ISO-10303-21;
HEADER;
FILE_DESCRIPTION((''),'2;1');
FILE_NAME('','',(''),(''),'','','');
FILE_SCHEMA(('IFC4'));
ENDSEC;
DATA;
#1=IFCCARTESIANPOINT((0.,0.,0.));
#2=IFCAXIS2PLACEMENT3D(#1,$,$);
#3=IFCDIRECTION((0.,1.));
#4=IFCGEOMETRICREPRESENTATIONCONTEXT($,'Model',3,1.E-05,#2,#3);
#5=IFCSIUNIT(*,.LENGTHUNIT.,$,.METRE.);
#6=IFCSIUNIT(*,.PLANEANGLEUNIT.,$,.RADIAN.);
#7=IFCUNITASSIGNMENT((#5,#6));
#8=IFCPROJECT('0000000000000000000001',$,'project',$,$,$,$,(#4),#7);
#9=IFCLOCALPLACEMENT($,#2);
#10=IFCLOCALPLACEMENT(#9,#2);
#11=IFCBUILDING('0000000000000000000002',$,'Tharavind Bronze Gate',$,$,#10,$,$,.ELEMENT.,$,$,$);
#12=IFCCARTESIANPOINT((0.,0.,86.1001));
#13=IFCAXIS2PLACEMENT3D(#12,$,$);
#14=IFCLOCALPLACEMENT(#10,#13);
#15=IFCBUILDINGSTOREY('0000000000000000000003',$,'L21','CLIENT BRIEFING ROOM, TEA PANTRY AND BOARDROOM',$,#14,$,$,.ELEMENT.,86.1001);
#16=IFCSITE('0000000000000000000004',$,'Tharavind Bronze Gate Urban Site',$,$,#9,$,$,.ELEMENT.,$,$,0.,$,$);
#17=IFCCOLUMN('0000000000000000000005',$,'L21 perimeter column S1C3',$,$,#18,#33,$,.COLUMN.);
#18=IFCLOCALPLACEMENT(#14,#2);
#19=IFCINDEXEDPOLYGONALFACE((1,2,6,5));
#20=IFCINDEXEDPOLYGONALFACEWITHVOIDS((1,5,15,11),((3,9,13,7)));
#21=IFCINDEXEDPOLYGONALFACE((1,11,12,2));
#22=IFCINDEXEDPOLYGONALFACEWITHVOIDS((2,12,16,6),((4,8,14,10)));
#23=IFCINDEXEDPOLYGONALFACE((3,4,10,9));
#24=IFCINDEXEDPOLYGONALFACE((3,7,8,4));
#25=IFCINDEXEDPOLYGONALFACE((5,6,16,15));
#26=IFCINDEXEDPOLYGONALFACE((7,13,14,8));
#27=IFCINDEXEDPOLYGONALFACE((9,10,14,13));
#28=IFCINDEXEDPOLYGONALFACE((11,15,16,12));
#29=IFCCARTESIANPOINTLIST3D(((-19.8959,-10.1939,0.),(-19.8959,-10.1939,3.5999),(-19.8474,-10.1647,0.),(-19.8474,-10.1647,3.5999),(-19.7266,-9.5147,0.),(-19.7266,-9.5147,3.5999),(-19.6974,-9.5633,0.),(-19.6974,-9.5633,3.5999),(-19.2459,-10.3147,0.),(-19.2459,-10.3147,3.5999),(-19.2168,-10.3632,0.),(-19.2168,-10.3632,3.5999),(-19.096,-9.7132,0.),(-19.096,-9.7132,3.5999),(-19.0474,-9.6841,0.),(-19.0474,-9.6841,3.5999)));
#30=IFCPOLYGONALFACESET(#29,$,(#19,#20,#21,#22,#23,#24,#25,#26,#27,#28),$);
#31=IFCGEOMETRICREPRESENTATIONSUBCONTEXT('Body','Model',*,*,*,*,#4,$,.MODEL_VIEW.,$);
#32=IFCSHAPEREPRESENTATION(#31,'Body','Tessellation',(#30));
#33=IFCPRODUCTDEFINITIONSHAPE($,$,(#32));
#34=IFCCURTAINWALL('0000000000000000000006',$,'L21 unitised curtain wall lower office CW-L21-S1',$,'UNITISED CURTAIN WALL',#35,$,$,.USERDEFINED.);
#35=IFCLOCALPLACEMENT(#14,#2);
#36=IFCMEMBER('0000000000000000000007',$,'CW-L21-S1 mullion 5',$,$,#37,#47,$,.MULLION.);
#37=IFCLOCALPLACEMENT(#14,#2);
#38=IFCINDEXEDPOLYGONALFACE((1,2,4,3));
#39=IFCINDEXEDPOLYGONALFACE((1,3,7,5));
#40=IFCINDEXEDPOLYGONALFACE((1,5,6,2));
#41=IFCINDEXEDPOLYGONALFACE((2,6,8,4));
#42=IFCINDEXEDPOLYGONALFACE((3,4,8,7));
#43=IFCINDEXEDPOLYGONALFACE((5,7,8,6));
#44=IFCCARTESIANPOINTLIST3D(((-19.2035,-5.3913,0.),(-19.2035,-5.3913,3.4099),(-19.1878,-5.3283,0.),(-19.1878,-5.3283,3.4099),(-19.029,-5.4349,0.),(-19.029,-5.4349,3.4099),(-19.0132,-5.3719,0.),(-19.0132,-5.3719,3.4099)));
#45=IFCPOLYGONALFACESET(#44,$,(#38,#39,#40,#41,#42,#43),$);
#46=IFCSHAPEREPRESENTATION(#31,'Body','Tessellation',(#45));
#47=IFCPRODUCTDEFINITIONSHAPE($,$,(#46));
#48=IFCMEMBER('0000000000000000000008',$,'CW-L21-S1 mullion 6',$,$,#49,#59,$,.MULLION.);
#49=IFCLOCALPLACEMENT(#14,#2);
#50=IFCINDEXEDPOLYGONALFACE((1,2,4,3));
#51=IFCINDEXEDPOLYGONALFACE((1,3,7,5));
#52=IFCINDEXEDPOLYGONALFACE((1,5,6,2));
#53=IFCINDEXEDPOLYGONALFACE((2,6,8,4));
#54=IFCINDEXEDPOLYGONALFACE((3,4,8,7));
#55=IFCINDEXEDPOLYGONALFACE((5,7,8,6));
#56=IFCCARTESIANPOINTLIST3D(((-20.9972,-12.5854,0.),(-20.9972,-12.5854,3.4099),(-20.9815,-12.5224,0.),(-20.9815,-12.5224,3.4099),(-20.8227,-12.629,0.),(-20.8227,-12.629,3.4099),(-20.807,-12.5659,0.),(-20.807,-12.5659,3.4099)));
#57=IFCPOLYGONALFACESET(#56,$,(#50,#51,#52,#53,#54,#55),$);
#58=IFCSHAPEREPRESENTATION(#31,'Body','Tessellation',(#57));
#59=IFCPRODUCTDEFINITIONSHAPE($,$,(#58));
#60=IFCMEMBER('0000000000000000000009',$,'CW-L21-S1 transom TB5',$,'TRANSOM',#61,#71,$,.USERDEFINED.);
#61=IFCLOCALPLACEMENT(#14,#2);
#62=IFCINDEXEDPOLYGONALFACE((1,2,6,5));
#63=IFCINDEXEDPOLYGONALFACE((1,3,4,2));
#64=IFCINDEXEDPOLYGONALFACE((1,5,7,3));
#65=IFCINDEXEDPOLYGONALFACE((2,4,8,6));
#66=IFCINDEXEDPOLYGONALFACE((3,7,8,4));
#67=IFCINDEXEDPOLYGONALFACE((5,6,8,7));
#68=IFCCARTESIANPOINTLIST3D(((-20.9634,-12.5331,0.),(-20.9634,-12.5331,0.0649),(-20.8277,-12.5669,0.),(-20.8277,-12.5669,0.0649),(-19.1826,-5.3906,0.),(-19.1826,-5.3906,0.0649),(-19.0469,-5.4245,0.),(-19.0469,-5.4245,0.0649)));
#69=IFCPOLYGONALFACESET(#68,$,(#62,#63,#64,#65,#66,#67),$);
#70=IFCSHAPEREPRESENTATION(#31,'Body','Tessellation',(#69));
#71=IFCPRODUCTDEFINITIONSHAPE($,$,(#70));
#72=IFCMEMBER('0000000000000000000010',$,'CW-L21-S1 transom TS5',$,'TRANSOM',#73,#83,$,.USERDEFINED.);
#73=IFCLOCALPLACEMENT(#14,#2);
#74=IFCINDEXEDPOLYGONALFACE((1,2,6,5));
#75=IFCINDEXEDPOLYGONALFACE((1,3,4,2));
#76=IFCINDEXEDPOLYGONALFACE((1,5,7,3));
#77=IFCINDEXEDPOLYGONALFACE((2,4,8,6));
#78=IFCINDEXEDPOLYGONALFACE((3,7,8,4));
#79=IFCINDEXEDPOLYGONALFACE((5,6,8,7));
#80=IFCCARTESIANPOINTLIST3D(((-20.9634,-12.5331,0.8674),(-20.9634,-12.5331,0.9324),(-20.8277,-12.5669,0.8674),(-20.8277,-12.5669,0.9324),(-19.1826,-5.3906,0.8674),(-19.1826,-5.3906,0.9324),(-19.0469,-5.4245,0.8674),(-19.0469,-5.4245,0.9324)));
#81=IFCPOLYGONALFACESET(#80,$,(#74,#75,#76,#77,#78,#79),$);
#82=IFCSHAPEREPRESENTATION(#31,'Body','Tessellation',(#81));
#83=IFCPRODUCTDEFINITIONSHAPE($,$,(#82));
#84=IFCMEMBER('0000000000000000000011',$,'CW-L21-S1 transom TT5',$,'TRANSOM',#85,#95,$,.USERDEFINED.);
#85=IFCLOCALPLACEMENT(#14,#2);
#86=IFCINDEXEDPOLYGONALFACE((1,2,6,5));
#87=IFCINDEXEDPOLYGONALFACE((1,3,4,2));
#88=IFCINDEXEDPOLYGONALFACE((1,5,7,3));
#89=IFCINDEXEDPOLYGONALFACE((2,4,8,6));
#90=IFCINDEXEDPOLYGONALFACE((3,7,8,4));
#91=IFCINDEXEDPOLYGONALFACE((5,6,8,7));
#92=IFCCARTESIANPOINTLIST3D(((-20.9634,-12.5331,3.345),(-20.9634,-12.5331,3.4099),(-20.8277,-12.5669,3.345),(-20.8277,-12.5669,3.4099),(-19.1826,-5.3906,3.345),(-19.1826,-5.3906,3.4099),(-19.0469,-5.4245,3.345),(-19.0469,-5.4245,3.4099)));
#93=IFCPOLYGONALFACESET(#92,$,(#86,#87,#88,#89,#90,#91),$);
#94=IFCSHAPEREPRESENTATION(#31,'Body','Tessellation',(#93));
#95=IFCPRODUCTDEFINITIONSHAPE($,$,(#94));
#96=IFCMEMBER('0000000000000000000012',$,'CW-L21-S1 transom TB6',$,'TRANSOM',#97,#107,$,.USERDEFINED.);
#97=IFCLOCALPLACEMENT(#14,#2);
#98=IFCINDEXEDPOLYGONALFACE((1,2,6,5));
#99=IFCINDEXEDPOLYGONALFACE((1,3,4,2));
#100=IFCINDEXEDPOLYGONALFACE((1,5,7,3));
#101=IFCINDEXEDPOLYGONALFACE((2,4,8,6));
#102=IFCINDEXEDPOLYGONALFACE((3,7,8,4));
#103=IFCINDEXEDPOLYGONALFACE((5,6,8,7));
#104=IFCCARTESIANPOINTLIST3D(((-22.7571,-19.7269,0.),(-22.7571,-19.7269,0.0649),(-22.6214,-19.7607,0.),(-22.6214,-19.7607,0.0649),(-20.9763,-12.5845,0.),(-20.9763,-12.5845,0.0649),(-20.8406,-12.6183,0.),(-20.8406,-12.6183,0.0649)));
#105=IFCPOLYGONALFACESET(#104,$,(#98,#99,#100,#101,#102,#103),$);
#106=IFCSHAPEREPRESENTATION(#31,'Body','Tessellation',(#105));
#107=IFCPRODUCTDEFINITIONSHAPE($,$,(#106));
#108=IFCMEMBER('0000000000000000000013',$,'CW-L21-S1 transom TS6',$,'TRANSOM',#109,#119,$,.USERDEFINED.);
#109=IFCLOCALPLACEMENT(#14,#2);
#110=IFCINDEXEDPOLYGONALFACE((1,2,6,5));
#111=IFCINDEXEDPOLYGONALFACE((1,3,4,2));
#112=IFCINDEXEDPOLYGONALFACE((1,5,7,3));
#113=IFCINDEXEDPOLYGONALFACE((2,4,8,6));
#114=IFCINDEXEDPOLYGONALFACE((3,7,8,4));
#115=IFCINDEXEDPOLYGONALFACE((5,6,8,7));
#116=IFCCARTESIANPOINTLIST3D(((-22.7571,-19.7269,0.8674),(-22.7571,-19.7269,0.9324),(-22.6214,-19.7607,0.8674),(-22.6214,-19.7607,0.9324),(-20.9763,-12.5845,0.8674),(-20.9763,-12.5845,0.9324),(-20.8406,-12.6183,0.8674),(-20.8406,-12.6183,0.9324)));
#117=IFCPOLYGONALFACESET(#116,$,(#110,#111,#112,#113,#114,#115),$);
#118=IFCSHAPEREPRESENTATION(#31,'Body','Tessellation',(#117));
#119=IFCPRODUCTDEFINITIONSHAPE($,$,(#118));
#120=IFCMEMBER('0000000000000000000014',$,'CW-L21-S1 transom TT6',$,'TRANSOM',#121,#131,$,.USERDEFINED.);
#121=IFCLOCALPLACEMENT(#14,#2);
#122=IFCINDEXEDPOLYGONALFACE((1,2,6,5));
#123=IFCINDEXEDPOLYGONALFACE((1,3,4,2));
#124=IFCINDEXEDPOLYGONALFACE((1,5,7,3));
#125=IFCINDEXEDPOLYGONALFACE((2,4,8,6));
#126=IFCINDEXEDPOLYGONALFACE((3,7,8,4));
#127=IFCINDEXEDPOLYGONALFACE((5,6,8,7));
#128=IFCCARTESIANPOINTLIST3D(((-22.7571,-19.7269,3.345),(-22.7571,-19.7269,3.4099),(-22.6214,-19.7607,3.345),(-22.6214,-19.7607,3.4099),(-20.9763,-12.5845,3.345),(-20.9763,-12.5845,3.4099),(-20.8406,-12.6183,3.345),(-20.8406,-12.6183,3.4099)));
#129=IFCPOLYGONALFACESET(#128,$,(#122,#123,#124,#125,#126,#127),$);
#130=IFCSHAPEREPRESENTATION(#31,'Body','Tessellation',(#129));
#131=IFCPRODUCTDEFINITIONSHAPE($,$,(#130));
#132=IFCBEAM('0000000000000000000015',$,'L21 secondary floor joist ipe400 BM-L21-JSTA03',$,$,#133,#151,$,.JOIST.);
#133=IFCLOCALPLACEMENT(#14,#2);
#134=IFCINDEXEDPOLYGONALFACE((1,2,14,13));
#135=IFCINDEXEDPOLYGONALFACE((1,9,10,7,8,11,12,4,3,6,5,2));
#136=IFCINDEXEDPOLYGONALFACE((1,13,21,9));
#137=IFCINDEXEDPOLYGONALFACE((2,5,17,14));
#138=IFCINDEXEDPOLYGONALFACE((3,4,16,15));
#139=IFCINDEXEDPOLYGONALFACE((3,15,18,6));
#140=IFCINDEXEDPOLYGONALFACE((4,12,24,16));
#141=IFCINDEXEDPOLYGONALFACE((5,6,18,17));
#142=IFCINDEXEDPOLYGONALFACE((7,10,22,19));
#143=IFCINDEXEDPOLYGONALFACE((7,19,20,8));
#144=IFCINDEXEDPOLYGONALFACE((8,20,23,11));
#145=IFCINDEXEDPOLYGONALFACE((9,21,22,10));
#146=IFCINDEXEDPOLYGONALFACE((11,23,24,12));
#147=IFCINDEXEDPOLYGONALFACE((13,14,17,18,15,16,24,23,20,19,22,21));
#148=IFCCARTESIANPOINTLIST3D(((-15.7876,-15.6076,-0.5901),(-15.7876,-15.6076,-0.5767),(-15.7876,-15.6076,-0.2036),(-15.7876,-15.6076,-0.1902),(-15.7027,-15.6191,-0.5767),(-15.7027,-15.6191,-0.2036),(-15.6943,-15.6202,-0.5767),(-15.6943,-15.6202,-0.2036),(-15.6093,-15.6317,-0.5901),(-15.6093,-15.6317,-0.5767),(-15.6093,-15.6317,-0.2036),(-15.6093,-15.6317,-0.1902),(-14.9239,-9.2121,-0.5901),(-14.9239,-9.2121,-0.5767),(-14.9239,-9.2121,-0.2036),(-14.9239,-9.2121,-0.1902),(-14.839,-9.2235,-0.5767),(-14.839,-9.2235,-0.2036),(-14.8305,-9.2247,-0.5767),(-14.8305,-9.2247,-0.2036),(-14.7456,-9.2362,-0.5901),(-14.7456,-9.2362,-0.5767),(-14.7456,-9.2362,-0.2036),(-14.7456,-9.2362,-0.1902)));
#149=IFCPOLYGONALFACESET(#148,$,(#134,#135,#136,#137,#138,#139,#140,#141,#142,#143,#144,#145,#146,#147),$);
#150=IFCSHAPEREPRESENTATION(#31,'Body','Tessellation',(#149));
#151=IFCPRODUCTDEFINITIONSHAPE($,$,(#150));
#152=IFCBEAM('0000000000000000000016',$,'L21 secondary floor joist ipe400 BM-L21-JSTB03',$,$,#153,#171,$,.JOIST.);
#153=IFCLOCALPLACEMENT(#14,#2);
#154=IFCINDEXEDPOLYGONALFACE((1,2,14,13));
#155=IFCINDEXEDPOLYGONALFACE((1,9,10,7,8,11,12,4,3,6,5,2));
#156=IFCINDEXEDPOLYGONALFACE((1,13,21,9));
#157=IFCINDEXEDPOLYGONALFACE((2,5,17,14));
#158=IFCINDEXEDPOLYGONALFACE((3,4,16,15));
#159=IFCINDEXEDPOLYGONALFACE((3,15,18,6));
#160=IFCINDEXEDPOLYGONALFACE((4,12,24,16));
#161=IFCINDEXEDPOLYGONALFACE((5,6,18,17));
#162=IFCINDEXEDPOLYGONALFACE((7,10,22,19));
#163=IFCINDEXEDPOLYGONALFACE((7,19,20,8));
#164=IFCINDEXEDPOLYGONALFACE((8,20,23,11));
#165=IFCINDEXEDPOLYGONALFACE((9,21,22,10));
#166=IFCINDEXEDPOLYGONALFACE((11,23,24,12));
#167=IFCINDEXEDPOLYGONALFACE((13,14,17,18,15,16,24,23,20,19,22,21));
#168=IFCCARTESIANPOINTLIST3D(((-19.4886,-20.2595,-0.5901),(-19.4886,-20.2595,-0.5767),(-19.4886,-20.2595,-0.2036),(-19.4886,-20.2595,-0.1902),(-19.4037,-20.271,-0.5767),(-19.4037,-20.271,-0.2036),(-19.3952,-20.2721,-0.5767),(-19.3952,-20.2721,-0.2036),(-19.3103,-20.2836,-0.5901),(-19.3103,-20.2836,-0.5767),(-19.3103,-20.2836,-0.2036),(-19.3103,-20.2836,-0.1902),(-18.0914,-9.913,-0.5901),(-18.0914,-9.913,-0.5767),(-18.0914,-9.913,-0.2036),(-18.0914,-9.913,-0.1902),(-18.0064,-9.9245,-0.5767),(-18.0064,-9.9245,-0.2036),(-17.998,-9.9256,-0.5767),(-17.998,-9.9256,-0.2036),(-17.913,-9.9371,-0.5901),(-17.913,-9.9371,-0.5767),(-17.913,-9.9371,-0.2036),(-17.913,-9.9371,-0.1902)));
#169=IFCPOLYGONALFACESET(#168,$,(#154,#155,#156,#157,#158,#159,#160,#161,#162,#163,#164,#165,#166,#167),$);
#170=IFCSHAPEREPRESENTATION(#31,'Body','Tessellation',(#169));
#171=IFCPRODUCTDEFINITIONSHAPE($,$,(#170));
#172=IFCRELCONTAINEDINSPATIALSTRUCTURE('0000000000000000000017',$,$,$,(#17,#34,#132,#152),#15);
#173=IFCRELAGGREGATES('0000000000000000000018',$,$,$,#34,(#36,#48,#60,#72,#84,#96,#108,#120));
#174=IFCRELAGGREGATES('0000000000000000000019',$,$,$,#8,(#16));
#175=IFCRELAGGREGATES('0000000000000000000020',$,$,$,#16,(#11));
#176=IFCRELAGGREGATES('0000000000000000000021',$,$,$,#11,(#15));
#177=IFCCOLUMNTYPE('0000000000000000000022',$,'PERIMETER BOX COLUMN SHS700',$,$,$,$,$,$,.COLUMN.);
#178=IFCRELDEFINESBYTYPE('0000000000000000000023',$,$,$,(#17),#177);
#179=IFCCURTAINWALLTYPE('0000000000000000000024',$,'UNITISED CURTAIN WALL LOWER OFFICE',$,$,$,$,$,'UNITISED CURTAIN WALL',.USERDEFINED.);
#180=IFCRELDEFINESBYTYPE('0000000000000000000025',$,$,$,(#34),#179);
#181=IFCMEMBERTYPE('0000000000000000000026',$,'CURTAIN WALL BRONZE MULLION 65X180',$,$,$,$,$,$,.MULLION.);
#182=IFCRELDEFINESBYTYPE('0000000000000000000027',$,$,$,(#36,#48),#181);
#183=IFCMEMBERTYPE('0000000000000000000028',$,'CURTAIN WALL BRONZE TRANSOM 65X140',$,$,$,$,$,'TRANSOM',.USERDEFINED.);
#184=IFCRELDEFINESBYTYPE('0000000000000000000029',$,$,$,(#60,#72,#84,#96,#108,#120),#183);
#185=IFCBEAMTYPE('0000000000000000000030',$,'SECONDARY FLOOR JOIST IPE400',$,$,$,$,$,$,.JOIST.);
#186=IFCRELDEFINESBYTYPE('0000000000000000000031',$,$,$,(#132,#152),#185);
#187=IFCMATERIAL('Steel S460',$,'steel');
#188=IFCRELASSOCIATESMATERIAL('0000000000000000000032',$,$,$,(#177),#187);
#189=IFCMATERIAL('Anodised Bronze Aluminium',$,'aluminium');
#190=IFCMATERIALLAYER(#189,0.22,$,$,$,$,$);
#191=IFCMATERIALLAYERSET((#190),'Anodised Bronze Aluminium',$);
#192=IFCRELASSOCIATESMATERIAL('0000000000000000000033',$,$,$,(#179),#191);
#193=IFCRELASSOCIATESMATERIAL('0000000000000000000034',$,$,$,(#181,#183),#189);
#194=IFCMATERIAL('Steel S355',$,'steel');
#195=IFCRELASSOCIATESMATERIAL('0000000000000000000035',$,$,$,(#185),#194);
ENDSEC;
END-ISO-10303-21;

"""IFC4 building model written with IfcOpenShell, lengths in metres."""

from ifc_helpers import new_model, si_unit, direction, frame, origin, origin_2d, place, context, subcontext, project, spatial, rectangle, hollow_rectangle, i_section, extrude, material, layer, layer_set, material_profile, profile_set, type_object, element, aggregate, save


model = new_model("IFC4")

# Units and contexts
model_context = context("Model", 3, precision=1e-05, world=origin(), true_north=direction((0.0, 1.0)))
body_context = subcontext(model_context, "Body", "Model", "MODEL_VIEW")
ifc_project = project(units=[si_unit("LENGTHUNIT", "METRE"), si_unit("PLANEANGLEUNIT", "RADIAN")], contexts=[model_context])

# Site, building, storey
site_placement = place(None, origin())
site = spatial("IfcSite", under=ifc_project, at=site_placement, Name="Tharavind Bronze Gate Urban Site", CompositionType="ELEMENT", RefElevation=0.0)
building_placement = place(site_placement, origin())
building = spatial("IfcBuilding", under=site, at=building_placement, Name="Tharavind Bronze Gate", CompositionType="ELEMENT")
storey_placement = place(building_placement, frame((0.0, 0.0, 86.1001)))
storey = spatial("IfcBuildingStorey", under=building, at=storey_placement, Name="L21", Description="CLIENT BRIEFING ROOM, TEA PANTRY AND BOARDROOM", CompositionType="ELEMENT", Elevation=86.1001)

# Column
ifc_material_1 = material(Name="Steel S460", Category="steel")
ifc_material_profile_1 = material_profile(ifc_material_1, hollow_rectangle(XDim=0.7, YDim=0.7, WallThickness=0.04, at=origin_2d()), Name="SHS700X40")
ifc_profile_set_1 = profile_set([ifc_material_profile_1], Name="Steel S460")
column_type = type_object("IfcColumnType", Name="PERIMETER BOX COLUMN SHS700", PredefinedType="COLUMN", material=ifc_profile_set_1)
column_placement = place(storey_placement, frame((-19.4717, -9.939, 0.0), z_axis=(0.0, 0.0, 1.0), x_axis=(0.241922, 0.970296, 0.0)))
element("IfcColumn", 1, at=column_placement, inside=storey, type_object=column_type, Name="L21 perimeter column S1C3", PredefinedType="COLUMN", context=body_context, shape_type="SweptSolid", body=[
    extrude(hollow_rectangle(XDim=0.7, YDim=0.7, WallThickness=0.04, at=origin_2d()), origin(), (0.0, 0.0, 1.0), 3.5999),
])

# Curtain wall, members
ifc_material_2 = material(Name="Anodised Bronze Aluminium", Category="aluminium")
ifc_layer_1 = layer(ifc_material_2, 0.22)
ifc_layer_set_1 = layer_set([ifc_layer_1], Name="Anodised Bronze Aluminium")
curtain_wall_type = type_object("IfcCurtainWallType", Name="UNITISED CURTAIN WALL LOWER OFFICE", ElementType="UNITISED CURTAIN WALL", PredefinedType="USERDEFINED", material=ifc_layer_set_1)
curtain_wall_placement = place(storey_placement, origin())
curtain_wall = element("IfcCurtainWall", 2, at=curtain_wall_placement, inside=storey, type_object=curtain_wall_type, Name="L21 unitised curtain wall lower office CW-L21-S1", ObjectType="UNITISED CURTAIN WALL", PredefinedType="USERDEFINED")
member_type_1 = type_object("IfcMemberType", Name="CURTAIN WALL BRONZE MULLION 65X180", PredefinedType="MULLION", material=ifc_material_2)
member_1_placement = place(storey_placement, frame((-19.1084, -5.3816, 0.0), z_axis=(0.0, 0.0, 1.0), x_axis=(-0.241922, -0.970296, 0.0)))
member_1 = element("IfcMember", 3, at=member_1_placement, type_object=member_type_1, Name="CW-L21-S1 mullion 5", PredefinedType="MULLION", context=body_context, shape_type="SweptSolid", body=[
    extrude(rectangle(XDim=0.0649, YDim=0.1799, at=origin_2d()), origin(), (0.0, 0.0, 1.0), 3.4099),
])
member_2_placement = place(storey_placement, frame((-20.9021, -12.5757, 0.0), z_axis=(0.0, 0.0, 1.0), x_axis=(-0.241922, -0.970296, 0.0)))
member_2 = element("IfcMember", 4, at=member_2_placement, type_object=member_type_1, Name="CW-L21-S1 mullion 6", PredefinedType="MULLION", context=body_context, shape_type="SweptSolid", body=[
    extrude(rectangle(XDim=0.0649, YDim=0.1799, at=origin_2d()), origin(), (0.0, 0.0, 1.0), 3.4099),
])
member_type_2 = type_object("IfcMemberType", Name="CURTAIN WALL BRONZE TRANSOM 65X140", ElementType="TRANSOM", PredefinedType="USERDEFINED", material=ifc_material_2)
member_3_placement = place(storey_placement, frame((-20.0051, -8.9788, 0.0), z_axis=(0.0, 0.0, 1.0), x_axis=(-0.241922, -0.970296, 0.0)))
member_3 = element("IfcMember", 5, at=member_3_placement, type_object=member_type_2, Name="CW-L21-S1 transom TB5", ObjectType="TRANSOM", PredefinedType="USERDEFINED", context=body_context, shape_type="SweptSolid", body=[
    extrude(rectangle(XDim=7.3611, YDim=0.1399, at=origin_2d()), origin(), (0.0, 0.0, 1.0), 0.0649),
])
member_4_placement = place(storey_placement, frame((-20.0051, -8.9788, 0.8674), z_axis=(0.0, 0.0, 1.0), x_axis=(-0.241922, -0.970296, 0.0)))
member_4 = element("IfcMember", 6, at=member_4_placement, type_object=member_type_2, Name="CW-L21-S1 transom TS5", ObjectType="TRANSOM", PredefinedType="USERDEFINED", context=body_context, shape_type="SweptSolid", body=[
    extrude(rectangle(XDim=7.3611, YDim=0.1399, at=origin_2d()), origin(), (0.0, 0.0, 1.0), 0.0649),
])
member_5_placement = place(storey_placement, frame((-20.0051, -8.9788, 3.345), z_axis=(0.0, 0.0, 1.0), x_axis=(-0.241922, -0.970296, 0.0)))
member_5 = element("IfcMember", 7, at=member_5_placement, type_object=member_type_2, Name="CW-L21-S1 transom TT5", ObjectType="TRANSOM", PredefinedType="USERDEFINED", context=body_context, shape_type="SweptSolid", body=[
    extrude(rectangle(XDim=7.3611, YDim=0.1399, at=origin_2d()), origin(), (0.0, 0.0, 1.0), 0.0649),
])
member_6_placement = place(storey_placement, frame((-21.7988, -16.1726, 0.0), z_axis=(0.0, 0.0, 1.0), x_axis=(-0.241922, -0.970296, 0.0)))
member_6 = element("IfcMember", 8, at=member_6_placement, type_object=member_type_2, Name="CW-L21-S1 transom TB6", ObjectType="TRANSOM", PredefinedType="USERDEFINED", context=body_context, shape_type="SweptSolid", body=[
    extrude(rectangle(XDim=7.3611, YDim=0.1399, at=origin_2d()), origin(), (0.0, 0.0, 1.0), 0.0649),
])
member_7_placement = place(storey_placement, frame((-21.7988, -16.1726, 0.8674), z_axis=(0.0, 0.0, 1.0), x_axis=(-0.241922, -0.970296, 0.0)))
member_7 = element("IfcMember", 9, at=member_7_placement, type_object=member_type_2, Name="CW-L21-S1 transom TS6", ObjectType="TRANSOM", PredefinedType="USERDEFINED", context=body_context, shape_type="SweptSolid", body=[
    extrude(rectangle(XDim=7.3611, YDim=0.1399, at=origin_2d()), origin(), (0.0, 0.0, 1.0), 0.0649),
])
member_8_placement = place(storey_placement, frame((-21.7988, -16.1726, 3.345), z_axis=(0.0, 0.0, 1.0), x_axis=(-0.241922, -0.970296, 0.0)))
member_8 = element("IfcMember", 10, at=member_8_placement, type_object=member_type_2, Name="CW-L21-S1 transom TT6", ObjectType="TRANSOM", PredefinedType="USERDEFINED", context=body_context, shape_type="SweptSolid", body=[
    extrude(rectangle(XDim=7.3611, YDim=0.1399, at=origin_2d()), origin(), (0.0, 0.0, 1.0), 0.0649),
])

# Beams
ifc_material_3 = material(Name="Steel S355", Category="steel")
ifc_material_profile_2 = material_profile(ifc_material_3, i_section(OverallWidth=0.1799, OverallDepth=0.3999, WebThickness=0.0085, FlangeThickness=0.0134, at=origin_2d()), Name="IPE400")
ifc_profile_set_2 = profile_set([ifc_material_profile_2], Name="Steel S355")
beam_type_1 = type_object("IfcBeamType", Name="SECONDARY FLOOR JOIST IPE400", PredefinedType="JOIST", material=ifc_profile_set_2)
beam_1_placement = place(storey_placement, frame((-14.8347, -9.2241, -0.3901), z_axis=(-0.133844, -0.991002, 0.0), x_axis=(0.991002, -0.133844, 0.0)))
element("IfcBeam", 11, at=beam_1_placement, inside=storey, type_object=beam_type_1, Name="L21 secondary floor joist ipe400 BM-L21-JSTA03", PredefinedType="JOIST", context=body_context, shape_type="SweptSolid", body=[
    extrude(i_section(OverallWidth=0.1799, OverallDepth=0.3999, WebThickness=0.0085, FlangeThickness=0.0134, at=origin_2d()), origin(), (0.0, 0.0, 1.0), 6.4536),
])
beam_2_placement = place(storey_placement, frame((-18.0022, -9.925, -0.3901), z_axis=(-0.133829, -0.991005, 0.0), x_axis=(0.991005, -0.133829, 0.0)))
element("IfcBeam", 12, at=beam_2_placement, inside=storey, type_object=beam_type_1, Name="L21 secondary floor joist ipe400 BM-L21-JSTB03", PredefinedType="JOIST", context=body_context, shape_type="SweptSolid", body=[
    extrude(i_section(OverallWidth=0.1799, OverallDepth=0.3999, WebThickness=0.0085, FlangeThickness=0.0134, at=origin_2d()), origin(), (0.0, 0.0, 1.0), 10.4404),
])

aggregate(curtain_wall, [member_1, member_2, member_3, member_4, member_5, member_6, member_7, member_8])

save(model, "model.ifc")
